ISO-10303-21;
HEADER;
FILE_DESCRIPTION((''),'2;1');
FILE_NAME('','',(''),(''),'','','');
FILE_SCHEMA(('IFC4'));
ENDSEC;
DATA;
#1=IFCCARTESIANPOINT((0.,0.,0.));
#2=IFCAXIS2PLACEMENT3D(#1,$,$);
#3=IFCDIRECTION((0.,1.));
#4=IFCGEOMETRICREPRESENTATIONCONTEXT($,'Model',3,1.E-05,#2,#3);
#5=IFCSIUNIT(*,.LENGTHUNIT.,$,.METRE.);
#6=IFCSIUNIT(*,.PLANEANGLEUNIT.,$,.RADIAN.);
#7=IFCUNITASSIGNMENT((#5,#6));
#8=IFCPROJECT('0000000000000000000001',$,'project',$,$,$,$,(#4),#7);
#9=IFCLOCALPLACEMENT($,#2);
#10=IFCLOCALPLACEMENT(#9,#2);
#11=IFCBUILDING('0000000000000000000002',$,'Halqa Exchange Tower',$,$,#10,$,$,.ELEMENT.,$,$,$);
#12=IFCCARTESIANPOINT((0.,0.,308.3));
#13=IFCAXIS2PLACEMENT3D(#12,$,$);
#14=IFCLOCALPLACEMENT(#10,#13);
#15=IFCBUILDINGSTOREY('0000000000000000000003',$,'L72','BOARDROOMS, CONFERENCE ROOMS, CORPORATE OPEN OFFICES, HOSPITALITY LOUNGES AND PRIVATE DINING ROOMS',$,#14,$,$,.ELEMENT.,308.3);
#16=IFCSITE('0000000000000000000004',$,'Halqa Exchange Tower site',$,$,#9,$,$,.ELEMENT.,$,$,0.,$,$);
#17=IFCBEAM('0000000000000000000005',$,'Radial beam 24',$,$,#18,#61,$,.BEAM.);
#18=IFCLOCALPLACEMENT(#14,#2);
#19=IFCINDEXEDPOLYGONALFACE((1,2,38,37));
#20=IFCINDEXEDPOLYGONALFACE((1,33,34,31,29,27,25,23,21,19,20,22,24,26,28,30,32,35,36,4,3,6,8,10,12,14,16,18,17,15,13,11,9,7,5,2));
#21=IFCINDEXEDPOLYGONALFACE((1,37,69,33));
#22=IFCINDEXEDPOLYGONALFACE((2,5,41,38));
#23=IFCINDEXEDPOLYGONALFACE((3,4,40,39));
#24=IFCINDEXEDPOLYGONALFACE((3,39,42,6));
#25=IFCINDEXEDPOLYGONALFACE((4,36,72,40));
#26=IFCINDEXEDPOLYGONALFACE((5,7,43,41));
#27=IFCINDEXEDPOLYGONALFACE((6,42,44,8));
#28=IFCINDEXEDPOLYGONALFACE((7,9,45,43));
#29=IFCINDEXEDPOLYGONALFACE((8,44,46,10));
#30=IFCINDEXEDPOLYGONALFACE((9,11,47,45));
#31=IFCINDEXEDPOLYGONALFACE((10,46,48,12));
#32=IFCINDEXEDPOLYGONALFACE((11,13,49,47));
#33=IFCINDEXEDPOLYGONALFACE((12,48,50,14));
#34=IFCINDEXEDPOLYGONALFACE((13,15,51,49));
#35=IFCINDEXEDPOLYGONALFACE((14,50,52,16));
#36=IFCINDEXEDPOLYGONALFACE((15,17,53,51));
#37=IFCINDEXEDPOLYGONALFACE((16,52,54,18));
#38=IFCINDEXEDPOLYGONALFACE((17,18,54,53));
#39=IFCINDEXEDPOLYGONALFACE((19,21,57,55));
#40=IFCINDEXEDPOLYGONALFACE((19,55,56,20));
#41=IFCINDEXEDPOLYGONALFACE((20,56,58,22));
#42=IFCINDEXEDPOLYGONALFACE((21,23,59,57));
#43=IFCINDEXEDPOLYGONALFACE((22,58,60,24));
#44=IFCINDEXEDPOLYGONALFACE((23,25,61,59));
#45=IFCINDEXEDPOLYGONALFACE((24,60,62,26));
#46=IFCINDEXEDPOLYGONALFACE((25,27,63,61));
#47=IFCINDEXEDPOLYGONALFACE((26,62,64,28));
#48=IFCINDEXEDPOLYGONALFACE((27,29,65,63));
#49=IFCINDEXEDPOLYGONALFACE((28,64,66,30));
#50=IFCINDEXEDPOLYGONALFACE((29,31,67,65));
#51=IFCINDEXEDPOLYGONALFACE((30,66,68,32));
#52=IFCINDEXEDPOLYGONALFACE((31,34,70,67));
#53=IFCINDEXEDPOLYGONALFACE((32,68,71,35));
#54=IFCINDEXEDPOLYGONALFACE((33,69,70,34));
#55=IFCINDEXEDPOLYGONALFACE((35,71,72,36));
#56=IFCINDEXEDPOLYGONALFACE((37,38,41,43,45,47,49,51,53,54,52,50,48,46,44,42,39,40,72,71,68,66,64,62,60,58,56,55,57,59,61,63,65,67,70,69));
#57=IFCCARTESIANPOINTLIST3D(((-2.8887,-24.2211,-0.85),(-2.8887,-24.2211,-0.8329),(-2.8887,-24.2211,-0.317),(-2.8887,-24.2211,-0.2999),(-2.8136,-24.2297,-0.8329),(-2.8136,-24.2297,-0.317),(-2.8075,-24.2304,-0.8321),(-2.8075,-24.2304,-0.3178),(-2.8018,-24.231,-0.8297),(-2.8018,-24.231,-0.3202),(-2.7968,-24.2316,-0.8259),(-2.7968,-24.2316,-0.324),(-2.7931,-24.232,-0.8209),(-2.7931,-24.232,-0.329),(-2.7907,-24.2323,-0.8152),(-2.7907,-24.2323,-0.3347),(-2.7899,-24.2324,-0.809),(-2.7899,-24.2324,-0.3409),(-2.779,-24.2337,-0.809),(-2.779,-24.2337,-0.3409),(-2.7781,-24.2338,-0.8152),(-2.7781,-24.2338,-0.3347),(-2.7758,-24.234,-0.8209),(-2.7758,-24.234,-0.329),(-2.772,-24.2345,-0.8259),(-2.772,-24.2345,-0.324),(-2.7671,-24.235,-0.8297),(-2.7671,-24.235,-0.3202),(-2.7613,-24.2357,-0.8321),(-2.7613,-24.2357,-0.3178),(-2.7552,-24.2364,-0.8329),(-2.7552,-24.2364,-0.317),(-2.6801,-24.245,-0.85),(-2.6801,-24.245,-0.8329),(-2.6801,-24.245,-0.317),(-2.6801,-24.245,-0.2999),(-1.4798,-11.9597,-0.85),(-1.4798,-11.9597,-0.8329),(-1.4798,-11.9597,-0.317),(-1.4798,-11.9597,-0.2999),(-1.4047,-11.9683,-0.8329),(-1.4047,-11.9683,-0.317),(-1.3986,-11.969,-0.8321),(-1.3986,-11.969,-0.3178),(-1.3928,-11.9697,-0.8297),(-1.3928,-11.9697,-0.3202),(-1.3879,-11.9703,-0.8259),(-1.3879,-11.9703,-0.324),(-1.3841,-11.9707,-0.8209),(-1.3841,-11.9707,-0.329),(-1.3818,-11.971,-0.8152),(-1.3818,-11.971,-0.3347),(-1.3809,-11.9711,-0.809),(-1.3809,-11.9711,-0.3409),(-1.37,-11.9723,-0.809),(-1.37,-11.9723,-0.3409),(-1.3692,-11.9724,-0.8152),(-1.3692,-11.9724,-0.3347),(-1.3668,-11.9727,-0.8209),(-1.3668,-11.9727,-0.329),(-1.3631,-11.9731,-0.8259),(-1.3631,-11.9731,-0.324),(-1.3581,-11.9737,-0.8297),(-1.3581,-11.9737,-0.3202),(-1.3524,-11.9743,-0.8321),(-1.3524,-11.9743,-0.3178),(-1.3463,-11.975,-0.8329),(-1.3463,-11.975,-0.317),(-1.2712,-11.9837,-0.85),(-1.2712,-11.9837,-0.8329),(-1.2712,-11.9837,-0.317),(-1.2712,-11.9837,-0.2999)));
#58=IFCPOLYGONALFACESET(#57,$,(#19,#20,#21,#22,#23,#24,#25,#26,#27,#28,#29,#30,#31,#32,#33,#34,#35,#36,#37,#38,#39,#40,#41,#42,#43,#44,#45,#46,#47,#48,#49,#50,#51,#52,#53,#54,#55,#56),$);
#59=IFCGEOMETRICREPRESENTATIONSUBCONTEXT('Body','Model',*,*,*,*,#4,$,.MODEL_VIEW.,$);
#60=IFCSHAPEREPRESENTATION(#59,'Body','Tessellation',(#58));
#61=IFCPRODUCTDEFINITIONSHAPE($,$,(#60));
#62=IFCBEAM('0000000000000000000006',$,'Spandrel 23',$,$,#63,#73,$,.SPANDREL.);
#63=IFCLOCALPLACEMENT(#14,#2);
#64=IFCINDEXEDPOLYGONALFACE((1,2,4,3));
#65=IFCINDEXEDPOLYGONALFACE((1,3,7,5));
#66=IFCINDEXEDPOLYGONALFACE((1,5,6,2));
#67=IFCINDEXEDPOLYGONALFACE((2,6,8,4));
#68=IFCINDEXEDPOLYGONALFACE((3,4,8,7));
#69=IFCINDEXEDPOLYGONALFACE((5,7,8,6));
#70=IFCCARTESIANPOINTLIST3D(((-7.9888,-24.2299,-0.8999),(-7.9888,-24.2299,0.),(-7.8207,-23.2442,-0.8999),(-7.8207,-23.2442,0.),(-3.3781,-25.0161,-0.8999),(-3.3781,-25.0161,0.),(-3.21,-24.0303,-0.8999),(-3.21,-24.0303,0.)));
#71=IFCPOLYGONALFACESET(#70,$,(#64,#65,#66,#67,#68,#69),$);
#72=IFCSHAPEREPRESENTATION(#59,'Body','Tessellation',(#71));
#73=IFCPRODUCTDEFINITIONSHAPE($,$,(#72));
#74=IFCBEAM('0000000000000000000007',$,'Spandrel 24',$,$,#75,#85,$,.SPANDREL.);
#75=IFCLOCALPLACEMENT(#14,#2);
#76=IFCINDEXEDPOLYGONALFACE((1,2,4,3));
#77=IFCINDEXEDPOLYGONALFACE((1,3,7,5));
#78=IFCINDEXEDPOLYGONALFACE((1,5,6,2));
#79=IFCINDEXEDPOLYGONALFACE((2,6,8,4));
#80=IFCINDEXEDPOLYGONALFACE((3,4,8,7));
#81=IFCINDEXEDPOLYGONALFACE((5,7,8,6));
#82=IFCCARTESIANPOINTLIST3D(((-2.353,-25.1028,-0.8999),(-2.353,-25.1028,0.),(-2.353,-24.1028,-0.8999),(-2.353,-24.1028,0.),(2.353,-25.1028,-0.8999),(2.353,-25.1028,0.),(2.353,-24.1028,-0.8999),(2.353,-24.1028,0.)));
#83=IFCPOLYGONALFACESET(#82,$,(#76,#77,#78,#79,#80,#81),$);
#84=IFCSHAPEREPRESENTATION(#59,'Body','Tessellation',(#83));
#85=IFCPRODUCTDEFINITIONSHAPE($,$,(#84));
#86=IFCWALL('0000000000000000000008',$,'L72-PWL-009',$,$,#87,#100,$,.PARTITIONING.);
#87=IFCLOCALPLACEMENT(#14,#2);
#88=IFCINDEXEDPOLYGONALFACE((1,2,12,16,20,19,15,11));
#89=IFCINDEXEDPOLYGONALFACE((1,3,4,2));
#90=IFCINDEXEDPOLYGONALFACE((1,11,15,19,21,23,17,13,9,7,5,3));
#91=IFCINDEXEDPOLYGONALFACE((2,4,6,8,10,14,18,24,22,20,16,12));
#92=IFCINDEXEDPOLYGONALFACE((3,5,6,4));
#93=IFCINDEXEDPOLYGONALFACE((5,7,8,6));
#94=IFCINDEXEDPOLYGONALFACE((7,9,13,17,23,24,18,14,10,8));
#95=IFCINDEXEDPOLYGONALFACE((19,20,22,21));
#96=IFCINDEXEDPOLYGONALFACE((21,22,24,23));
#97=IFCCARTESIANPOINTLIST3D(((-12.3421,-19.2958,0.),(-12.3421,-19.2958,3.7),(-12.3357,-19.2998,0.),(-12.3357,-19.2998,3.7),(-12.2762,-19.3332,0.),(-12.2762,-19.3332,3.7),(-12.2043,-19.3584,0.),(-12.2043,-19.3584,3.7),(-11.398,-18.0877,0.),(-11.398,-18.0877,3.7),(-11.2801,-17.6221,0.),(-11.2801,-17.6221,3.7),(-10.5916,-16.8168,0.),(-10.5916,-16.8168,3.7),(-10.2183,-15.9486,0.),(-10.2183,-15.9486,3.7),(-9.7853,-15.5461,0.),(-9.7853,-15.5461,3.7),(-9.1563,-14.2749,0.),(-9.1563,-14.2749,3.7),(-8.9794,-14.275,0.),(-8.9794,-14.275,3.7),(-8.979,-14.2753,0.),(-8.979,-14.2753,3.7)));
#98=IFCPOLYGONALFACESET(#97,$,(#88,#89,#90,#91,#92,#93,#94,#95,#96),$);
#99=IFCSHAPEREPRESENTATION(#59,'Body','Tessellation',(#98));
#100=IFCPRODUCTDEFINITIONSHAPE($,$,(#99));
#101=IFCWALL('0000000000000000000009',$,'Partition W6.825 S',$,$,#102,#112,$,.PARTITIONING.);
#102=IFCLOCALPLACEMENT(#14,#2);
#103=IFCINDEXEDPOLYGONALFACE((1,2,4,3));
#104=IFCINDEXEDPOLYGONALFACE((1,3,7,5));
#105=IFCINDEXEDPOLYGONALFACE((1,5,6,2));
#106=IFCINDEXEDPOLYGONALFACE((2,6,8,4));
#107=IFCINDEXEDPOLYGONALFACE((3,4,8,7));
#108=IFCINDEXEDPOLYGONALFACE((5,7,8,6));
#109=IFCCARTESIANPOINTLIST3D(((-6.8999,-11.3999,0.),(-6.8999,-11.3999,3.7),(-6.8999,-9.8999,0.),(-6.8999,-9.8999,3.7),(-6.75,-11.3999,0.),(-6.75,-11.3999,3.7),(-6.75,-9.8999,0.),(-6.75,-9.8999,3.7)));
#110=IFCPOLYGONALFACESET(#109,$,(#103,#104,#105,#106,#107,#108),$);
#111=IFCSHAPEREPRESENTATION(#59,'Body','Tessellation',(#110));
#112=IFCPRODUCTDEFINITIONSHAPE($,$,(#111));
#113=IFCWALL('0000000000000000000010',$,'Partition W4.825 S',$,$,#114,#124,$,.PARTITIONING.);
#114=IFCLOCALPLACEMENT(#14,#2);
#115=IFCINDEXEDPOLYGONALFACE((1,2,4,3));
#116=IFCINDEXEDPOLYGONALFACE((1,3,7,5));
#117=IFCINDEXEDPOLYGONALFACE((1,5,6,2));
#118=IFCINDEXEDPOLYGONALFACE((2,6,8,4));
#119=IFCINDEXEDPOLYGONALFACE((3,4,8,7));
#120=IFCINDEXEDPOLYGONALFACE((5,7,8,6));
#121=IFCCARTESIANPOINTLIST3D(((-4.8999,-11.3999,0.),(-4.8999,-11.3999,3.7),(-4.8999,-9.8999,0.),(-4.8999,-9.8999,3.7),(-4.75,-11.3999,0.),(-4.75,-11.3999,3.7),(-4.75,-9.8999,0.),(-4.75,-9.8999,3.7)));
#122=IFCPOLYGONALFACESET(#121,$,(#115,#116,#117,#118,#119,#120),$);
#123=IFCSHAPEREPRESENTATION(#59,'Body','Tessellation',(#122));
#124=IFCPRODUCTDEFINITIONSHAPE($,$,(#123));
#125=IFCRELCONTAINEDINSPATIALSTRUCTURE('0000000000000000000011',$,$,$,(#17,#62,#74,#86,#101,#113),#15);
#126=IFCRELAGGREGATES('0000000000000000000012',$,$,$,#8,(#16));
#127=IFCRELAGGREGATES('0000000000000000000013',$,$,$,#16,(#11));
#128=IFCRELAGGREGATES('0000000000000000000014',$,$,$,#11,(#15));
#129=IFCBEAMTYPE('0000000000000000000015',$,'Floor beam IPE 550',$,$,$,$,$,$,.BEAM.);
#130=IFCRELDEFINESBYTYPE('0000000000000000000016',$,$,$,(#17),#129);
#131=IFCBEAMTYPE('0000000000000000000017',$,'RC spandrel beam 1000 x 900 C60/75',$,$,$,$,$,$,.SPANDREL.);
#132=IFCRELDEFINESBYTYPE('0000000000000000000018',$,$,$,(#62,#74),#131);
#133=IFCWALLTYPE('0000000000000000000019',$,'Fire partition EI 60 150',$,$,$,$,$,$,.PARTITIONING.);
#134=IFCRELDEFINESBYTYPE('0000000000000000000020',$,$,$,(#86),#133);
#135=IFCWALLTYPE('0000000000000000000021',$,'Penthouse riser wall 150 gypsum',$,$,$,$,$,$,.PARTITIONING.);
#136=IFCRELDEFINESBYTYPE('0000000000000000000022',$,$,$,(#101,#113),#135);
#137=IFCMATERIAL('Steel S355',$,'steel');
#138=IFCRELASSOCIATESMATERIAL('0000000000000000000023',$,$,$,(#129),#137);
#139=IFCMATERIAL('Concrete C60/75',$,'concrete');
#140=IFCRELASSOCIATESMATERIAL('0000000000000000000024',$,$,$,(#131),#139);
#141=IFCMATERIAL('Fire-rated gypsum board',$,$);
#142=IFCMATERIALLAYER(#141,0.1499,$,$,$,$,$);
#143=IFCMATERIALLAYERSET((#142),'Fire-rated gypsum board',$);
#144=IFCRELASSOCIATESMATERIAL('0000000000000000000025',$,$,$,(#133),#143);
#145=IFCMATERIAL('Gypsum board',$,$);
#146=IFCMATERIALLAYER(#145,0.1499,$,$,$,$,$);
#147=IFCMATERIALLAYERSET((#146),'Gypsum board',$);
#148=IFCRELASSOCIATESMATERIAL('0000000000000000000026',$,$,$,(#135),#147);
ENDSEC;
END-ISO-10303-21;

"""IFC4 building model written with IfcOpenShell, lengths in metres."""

from ifc_helpers import new_model, si_unit, direction, frame, frame_2d, origin, origin_2d, place, context, subcontext, project, spatial, polyline, rectangle, i_section, outline, extrude, material, layer, layer_set, material_profile, profile_set, type_object, element, save


model = new_model("IFC4")

# Units and contexts
model_context = context("Model", 3, precision=1e-05, world=origin(), true_north=direction((0.0, 1.0)))
body_context = subcontext(model_context, "Body", "Model", "MODEL_VIEW")
ifc_project = project(units=[si_unit("LENGTHUNIT", "METRE"), si_unit("PLANEANGLEUNIT", "RADIAN")], contexts=[model_context])

# Site, building, storey
site_placement = place(None, origin())
site = spatial("IfcSite", under=ifc_project, at=site_placement, Name="Halqa Exchange Tower site", CompositionType="ELEMENT", RefElevation=0.0)
building_placement = place(site_placement, origin())
building = spatial("IfcBuilding", under=site, at=building_placement, Name="Halqa Exchange Tower", CompositionType="ELEMENT")
storey_placement = place(building_placement, frame((0.0, 0.0, 308.3)))
storey = spatial("IfcBuildingStorey", under=building, at=storey_placement, Name="L72", Description="BOARDROOMS, CONFERENCE ROOMS, CORPORATE OPEN OFFICES, HOSPITALITY LOUNGES AND PRIVATE DINING ROOMS", CompositionType="ELEMENT", Elevation=308.3)

# Beams
ifc_material_1 = material(Name="Steel S355", Category="steel")
ifc_material_profile_1 = material_profile(ifc_material_1, i_section(OverallWidth=0.21, OverallDepth=0.55, WebThickness=0.011, FlangeThickness=0.0171, FilletRadius=0.0239, at=origin_2d()), Name="IPE 550")
ifc_profile_set_1 = profile_set([ifc_material_profile_1], Name="Steel S355")
beam_type_1 = type_object("IfcBeamType", Name="Floor beam IPE 550", PredefinedType="BEAM", material=ifc_profile_set_1)
beam_1_placement = place(storey_placement, frame((-1.3755, -11.9717, -0.575), z_axis=(-0.114156, -0.993463, 0.0), x_axis=(0.993463, -0.114156, 0.0)))
element("IfcBeam", 1, at=beam_1_placement, inside=storey, type_object=beam_type_1, Name="Radial beam 24", PredefinedType="BEAM", context=body_context, shape_type="SweptSolid", body=[
    extrude(i_section(OverallWidth=0.21, OverallDepth=0.55, WebThickness=0.011, FlangeThickness=0.0171, FilletRadius=0.0239, at=origin_2d()), origin(), (0.0, 0.0, 1.0), 12.342),
])
ifc_material_2 = material(Name="Concrete C60/75", Category="concrete")
ifc_material_profile_2 = material_profile(ifc_material_2, rectangle(XDim=1.0, YDim=0.8999, at=origin_2d()), Name="1000 x 900")
ifc_profile_set_2 = profile_set([ifc_material_profile_2], Name="Concrete C60/75")
beam_type_2 = type_object("IfcBeamType", Name="RC spandrel beam 1000 x 900 C60/75", PredefinedType="SPANDREL", material=ifc_profile_set_2)
beam_2_placement = place(storey_placement, frame((-7.9048, -23.7371, -0.45), z_axis=(0.985773, -0.16808, 0.0), x_axis=(0.16808, 0.985773, 0.0)))
element("IfcBeam", 2, at=beam_2_placement, inside=storey, type_object=beam_type_2, Name="Spandrel 23", PredefinedType="SPANDREL", context=body_context, shape_type="SweptSolid", body=[
    extrude(rectangle(XDim=1.0, YDim=0.8999, at=origin_2d()), origin(), (0.0, 0.0, 1.0), 4.6772),
])
beam_3_placement = place(storey_placement, frame((-2.353, -24.6028, -0.45), z_axis=(1.0, 0.0, 0.0), x_axis=(0.0, 1.0, 0.0)))
element("IfcBeam", 3, at=beam_3_placement, inside=storey, type_object=beam_type_2, Name="Spandrel 24", PredefinedType="SPANDREL", context=body_context, shape_type="SweptSolid", body=[
    extrude(rectangle(XDim=1.0, YDim=0.8999, at=origin_2d()), origin(), (0.0, 0.0, 1.0), 4.7061),
])

# Walls
ifc_material_3 = material(Name="Fire-rated gypsum board")
ifc_layer_1 = layer(ifc_material_3, 0.1499)
ifc_layer_set_1 = layer_set([ifc_layer_1], Name="Fire-rated gypsum board")
wall_type_1 = type_object("IfcWallType", Name="Fire partition EI 60 150", PredefinedType="PARTITIONING", material=ifc_layer_set_1)
wall_1_placement = place(storey_placement, frame((-9.0422, -14.2351, 0.0), z_axis=(0.0, 0.0, 1.0), x_axis=(-0.535766, -0.844366, 0.0)))
element("IfcWall", 4, at=wall_1_placement, inside=storey, type_object=wall_type_1, Name="L72-PWL-009", PredefinedType="PARTITIONING", context=body_context, shape_type="SweptSolid", body=[
    extrude(outline(polyline([(6.041, -0.075), (6.041, -0.0674), (6.0374, 0.0007), (6.02, 0.075), (4.5151, 0.075), (3.01, 0.075), (1.5051, 0.075), (0.0, 0.075), (0.0, 0.0745), (0.0947, -0.075), (2.0769, -0.075), (4.0588, -0.075), (6.041, -0.075)])), origin(), (0.0, 0.0, 1.0), 3.7),
])
ifc_material_4 = material(Name="Gypsum board")
ifc_layer_2 = layer(ifc_material_4, 0.1499)
ifc_layer_set_2 = layer_set([ifc_layer_2], Name="Gypsum board")
wall_type_2 = type_object("IfcWallType", Name="Penthouse riser wall 150 gypsum", PredefinedType="PARTITIONING", material=ifc_layer_set_2)
for number, where, z_axis, x_axis, name in (
    (5, (-6.825, -11.3999, 0.0), (0.0, 0.0, 1.0), (0.0, 1.0, 0.0), "Partition W6.825 S"),
    (6, (-4.825, -11.3999, 0.0), (0.0, 0.0, 1.0), (0.0, 1.0, 0.0), "Partition W4.825 S"),
):
    element("IfcWall", number, at=place(storey_placement, frame(where, z_axis=z_axis, x_axis=x_axis)), inside=storey, type_object=wall_type_2, Name=name, PredefinedType="PARTITIONING", context=body_context, shape_type="SweptSolid", body=[
        extrude(rectangle(XDim=1.5, YDim=0.1499, at=frame_2d((0.75, 0.0))), origin(), (0.0, 0.0, 1.0), 3.7),
    ])

save(model, "model.ifc")
